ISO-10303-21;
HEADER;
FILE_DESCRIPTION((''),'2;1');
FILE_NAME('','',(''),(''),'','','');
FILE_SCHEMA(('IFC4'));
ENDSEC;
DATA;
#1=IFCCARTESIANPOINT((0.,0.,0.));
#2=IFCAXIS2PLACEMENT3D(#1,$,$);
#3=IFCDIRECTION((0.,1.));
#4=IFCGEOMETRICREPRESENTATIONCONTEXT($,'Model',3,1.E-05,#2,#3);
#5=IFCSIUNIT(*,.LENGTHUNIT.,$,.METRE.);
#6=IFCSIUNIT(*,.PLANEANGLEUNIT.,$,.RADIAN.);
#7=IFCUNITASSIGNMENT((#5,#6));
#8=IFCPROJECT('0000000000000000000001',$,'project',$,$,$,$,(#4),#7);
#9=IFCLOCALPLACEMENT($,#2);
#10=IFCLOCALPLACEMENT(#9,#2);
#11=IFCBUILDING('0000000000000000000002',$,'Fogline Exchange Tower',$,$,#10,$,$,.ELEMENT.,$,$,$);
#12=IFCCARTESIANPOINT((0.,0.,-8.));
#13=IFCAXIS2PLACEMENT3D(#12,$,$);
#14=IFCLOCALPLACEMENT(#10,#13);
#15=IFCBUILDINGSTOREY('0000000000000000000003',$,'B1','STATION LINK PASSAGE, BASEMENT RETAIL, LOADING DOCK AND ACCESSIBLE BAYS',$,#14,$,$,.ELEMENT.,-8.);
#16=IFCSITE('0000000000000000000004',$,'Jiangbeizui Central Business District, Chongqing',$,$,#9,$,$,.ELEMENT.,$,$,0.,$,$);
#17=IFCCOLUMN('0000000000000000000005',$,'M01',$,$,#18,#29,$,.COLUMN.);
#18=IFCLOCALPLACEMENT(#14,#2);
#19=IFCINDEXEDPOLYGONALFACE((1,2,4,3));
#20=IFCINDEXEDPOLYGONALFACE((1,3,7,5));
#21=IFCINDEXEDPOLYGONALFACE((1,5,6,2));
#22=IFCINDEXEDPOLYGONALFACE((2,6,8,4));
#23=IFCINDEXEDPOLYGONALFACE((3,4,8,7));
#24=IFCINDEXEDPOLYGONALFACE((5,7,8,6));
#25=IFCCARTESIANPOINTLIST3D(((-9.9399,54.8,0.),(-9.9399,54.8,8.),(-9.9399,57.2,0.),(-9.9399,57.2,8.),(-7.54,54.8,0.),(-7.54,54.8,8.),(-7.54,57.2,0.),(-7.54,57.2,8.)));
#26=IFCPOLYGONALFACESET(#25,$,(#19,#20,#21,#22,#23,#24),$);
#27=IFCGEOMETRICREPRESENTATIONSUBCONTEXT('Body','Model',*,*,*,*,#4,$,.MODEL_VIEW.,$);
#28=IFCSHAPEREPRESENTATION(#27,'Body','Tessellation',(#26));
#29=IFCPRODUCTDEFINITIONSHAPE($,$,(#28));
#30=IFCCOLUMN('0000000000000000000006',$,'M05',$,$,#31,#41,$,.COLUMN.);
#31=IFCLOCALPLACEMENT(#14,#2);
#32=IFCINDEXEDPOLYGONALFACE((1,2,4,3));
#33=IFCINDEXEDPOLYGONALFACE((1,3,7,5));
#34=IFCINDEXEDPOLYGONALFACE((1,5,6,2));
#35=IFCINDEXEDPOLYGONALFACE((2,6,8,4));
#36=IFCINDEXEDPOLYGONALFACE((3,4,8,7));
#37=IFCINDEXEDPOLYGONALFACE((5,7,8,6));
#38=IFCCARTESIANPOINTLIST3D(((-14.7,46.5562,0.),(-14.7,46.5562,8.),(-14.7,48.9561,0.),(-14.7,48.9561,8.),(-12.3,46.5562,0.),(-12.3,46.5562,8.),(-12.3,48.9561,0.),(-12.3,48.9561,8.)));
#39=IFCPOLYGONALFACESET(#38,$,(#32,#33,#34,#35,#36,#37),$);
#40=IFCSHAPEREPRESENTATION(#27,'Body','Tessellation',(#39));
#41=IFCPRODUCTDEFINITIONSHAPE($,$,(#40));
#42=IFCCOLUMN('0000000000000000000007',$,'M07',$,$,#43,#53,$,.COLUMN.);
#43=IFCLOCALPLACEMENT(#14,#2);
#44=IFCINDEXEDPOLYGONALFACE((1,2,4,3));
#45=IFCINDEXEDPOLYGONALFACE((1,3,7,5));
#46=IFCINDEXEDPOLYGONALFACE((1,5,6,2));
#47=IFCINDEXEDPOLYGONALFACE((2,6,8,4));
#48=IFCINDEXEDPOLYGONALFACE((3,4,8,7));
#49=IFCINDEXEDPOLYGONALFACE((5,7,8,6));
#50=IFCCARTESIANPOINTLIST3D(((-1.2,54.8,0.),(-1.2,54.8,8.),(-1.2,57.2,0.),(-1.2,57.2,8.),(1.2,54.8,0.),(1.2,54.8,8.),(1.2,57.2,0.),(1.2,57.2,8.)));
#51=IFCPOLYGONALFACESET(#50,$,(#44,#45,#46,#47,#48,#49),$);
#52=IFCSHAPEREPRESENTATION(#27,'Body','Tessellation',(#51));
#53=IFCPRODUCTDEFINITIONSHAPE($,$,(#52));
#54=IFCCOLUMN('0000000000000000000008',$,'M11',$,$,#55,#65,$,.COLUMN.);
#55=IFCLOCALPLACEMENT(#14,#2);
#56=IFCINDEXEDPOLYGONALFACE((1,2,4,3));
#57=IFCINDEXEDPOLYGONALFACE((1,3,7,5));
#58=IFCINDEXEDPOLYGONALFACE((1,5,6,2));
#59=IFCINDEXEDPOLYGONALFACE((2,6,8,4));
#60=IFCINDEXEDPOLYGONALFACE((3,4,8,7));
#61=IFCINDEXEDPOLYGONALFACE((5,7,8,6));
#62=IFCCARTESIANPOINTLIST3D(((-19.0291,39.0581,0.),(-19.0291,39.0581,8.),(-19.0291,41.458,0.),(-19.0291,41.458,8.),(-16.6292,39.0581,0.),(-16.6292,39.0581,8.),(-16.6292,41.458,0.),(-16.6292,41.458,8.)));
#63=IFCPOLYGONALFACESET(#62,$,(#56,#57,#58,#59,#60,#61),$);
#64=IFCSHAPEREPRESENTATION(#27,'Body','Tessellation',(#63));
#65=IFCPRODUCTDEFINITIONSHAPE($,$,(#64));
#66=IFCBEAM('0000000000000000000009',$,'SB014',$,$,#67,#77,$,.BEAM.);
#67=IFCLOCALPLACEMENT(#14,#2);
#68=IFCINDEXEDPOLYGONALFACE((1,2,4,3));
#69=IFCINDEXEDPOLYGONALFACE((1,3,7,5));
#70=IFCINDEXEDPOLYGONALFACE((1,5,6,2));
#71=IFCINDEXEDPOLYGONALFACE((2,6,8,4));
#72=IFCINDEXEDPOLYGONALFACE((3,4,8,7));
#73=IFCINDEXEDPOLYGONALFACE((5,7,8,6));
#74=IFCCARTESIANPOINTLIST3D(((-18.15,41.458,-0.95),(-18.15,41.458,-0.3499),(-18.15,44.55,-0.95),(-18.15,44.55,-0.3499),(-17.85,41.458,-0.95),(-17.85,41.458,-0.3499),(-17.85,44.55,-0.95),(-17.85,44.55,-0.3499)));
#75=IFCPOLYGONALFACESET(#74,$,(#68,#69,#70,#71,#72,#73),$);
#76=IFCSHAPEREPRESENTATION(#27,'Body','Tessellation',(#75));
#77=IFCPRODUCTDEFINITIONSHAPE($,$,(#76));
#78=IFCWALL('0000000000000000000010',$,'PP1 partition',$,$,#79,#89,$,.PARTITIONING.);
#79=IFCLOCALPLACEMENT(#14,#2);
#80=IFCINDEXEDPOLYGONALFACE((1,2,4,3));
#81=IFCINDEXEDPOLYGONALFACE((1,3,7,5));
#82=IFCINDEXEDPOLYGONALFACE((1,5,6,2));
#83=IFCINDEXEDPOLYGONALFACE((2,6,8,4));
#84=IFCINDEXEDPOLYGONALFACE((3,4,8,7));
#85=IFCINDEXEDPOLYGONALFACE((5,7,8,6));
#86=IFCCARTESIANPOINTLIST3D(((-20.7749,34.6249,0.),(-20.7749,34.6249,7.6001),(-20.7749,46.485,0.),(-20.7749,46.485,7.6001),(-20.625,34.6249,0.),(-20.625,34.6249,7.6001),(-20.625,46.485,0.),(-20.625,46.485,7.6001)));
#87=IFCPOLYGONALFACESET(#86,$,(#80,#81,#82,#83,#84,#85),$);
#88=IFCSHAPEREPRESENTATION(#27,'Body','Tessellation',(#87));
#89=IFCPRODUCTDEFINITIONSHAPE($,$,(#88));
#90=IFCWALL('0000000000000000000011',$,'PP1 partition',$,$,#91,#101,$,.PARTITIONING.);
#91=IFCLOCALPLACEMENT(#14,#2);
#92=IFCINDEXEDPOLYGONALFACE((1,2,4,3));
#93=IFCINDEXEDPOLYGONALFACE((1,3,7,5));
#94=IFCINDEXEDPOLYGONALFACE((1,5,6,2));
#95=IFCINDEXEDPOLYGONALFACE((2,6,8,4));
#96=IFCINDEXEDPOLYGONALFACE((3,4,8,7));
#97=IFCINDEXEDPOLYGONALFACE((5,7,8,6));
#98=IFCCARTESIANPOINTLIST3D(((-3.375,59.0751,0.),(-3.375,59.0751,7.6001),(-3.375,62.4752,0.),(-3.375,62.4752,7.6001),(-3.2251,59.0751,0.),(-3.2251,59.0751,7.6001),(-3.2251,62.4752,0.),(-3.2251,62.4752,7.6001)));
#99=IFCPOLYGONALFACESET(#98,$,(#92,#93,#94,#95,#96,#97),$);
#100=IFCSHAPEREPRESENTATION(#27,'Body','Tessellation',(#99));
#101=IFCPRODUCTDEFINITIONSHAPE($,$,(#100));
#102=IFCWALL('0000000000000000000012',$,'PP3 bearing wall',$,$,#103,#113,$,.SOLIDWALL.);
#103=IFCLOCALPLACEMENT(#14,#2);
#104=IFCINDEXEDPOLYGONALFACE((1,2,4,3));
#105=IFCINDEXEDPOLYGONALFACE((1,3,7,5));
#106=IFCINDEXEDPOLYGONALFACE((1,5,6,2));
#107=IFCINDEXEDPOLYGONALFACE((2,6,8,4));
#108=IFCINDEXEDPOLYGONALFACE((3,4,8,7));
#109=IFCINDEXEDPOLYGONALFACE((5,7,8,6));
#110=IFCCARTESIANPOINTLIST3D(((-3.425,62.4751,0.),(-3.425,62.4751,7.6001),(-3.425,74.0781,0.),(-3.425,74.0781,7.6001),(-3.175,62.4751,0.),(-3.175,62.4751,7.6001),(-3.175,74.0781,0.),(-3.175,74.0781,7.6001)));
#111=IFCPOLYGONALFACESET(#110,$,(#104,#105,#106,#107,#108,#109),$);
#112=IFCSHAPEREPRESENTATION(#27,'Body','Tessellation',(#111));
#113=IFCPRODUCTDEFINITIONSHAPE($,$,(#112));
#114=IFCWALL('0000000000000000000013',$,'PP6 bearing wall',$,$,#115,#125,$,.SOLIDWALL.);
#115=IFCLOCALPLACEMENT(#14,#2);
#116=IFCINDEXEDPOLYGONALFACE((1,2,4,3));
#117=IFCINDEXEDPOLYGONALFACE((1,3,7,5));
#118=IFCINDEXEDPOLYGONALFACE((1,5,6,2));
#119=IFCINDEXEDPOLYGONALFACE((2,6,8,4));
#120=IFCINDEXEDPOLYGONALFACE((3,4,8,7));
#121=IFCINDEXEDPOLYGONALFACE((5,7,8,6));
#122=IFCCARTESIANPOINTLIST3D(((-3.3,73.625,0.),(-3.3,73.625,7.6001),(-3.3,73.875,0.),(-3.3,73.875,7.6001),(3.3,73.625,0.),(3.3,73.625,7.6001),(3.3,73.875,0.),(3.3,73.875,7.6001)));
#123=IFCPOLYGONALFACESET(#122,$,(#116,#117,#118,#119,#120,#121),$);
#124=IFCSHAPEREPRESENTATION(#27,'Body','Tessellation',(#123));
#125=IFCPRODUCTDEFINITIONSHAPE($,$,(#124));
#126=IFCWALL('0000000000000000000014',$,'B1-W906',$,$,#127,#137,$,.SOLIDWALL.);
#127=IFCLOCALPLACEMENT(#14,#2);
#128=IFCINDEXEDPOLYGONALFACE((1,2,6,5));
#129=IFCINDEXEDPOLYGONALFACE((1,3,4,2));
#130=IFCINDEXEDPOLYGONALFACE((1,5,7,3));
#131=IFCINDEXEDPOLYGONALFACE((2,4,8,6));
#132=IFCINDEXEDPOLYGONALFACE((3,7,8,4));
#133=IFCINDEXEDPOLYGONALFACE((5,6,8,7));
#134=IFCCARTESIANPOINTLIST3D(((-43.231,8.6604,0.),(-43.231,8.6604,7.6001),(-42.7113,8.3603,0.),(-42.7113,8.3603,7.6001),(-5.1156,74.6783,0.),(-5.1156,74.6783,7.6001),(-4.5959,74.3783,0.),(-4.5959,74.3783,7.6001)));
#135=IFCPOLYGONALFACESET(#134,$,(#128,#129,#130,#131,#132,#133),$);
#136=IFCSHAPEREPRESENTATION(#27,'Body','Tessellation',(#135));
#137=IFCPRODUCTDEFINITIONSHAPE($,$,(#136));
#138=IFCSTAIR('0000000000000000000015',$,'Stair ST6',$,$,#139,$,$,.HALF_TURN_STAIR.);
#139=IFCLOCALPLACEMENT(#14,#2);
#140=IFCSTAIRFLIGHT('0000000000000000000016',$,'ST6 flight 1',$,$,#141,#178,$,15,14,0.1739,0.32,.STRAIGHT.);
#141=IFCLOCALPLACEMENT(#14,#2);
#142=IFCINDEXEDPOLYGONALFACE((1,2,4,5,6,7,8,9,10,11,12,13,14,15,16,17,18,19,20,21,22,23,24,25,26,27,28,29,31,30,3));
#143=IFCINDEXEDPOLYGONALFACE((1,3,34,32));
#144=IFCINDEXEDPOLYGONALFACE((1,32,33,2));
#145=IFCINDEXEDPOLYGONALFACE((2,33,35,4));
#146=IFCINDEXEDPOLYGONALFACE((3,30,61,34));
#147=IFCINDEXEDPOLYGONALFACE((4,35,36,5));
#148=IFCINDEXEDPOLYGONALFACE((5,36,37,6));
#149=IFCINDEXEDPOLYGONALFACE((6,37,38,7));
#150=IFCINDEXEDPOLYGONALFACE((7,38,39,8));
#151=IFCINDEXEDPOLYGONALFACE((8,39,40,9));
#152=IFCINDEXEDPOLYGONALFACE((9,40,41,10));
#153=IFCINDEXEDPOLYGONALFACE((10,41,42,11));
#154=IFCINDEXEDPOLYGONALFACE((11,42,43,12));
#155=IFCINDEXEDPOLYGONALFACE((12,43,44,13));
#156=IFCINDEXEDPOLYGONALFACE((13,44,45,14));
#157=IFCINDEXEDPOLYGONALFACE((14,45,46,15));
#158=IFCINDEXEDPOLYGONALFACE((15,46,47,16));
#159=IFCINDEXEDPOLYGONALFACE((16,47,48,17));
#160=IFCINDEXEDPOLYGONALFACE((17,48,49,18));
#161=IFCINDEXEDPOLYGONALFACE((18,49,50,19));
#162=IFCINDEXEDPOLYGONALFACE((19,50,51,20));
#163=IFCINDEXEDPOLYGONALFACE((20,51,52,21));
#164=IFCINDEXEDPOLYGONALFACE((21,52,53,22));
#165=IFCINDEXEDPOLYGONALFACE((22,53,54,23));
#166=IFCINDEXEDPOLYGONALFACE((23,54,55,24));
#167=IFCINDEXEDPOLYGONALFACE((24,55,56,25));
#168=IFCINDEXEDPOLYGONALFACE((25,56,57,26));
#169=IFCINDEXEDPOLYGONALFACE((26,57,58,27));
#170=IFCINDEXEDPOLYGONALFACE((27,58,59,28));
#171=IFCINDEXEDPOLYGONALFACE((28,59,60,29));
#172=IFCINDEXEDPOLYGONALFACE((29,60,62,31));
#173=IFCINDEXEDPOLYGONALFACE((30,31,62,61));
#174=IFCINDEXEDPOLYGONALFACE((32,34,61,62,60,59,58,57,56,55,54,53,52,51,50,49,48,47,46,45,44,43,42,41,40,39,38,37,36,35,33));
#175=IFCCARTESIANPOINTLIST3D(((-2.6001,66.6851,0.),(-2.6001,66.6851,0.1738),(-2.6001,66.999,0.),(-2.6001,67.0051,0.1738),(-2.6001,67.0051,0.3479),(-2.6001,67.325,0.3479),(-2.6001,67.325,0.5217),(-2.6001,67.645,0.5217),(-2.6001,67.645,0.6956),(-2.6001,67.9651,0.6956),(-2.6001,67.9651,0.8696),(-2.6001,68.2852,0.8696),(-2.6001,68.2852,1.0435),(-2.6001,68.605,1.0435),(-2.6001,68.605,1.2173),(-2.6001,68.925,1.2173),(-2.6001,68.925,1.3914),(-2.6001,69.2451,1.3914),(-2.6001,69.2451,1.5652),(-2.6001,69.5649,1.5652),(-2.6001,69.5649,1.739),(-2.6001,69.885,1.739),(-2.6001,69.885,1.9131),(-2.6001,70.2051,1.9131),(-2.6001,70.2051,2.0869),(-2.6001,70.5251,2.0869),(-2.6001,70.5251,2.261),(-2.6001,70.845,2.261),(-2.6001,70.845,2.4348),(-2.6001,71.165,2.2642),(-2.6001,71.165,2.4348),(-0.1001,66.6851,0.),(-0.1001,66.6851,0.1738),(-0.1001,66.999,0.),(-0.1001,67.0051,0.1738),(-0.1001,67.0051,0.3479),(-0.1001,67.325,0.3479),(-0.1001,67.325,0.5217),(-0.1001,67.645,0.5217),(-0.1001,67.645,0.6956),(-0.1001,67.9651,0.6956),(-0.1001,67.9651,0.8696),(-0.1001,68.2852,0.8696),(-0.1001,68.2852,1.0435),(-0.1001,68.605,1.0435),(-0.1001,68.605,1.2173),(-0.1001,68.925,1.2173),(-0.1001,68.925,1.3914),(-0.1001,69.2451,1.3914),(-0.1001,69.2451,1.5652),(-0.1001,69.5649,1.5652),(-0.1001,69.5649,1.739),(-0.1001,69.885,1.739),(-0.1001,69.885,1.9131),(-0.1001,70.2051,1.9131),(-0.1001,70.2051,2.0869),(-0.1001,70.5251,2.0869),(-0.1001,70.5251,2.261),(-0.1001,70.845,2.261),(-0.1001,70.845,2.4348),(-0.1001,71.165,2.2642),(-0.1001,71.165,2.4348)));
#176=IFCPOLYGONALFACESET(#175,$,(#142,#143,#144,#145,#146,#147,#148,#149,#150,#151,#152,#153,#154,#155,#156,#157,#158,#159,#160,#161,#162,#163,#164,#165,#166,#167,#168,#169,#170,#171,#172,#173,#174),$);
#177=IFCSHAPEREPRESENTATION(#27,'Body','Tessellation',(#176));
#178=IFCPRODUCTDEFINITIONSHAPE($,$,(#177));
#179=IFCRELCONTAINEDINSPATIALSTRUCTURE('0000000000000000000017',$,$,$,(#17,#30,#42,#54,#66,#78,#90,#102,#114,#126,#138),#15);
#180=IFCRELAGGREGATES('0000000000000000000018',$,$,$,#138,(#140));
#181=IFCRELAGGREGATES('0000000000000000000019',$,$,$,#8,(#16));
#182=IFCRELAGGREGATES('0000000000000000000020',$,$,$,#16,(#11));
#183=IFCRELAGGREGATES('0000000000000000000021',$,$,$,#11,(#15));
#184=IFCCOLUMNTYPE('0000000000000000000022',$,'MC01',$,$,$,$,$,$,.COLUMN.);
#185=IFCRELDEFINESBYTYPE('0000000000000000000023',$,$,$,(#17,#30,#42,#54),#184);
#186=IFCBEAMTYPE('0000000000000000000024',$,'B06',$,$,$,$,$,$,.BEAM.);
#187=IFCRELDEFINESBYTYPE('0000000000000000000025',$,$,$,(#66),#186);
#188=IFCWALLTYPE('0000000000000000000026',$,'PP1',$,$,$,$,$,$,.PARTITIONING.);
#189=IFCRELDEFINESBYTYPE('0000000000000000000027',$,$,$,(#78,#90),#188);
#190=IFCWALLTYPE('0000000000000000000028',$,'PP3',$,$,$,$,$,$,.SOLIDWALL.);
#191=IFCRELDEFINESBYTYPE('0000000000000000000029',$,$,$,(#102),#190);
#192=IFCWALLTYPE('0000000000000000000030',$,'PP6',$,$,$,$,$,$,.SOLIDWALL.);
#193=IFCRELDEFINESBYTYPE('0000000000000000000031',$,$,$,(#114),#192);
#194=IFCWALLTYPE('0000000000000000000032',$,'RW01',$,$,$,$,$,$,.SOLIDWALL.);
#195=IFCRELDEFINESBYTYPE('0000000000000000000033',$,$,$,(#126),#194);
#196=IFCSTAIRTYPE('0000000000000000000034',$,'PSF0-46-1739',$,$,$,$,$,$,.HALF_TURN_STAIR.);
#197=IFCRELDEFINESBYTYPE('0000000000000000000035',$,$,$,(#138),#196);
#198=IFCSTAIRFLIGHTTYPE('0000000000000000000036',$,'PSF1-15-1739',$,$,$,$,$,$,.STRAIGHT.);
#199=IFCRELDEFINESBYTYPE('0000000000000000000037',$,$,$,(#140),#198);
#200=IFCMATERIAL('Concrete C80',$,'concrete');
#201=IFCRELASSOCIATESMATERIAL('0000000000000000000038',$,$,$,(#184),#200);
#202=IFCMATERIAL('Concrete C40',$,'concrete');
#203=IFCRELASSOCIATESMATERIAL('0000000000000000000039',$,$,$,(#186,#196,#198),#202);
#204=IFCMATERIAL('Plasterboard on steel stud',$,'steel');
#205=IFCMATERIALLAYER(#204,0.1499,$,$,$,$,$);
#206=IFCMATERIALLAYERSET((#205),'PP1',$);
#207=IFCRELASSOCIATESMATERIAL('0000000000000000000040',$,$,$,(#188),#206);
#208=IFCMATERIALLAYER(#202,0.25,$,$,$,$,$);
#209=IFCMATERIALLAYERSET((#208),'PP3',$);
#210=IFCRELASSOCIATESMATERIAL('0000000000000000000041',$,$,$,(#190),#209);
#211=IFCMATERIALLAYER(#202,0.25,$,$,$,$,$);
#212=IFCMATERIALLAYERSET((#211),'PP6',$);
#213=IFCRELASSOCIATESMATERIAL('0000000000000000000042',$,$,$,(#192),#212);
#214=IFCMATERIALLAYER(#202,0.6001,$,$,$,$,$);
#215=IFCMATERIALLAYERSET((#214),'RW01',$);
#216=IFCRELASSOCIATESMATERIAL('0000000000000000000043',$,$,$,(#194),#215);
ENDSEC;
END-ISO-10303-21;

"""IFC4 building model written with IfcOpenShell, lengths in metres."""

from ifc_helpers import new_model, si_unit, direction, frame, frame_2d, origin, origin_2d, place, context, subcontext, project, spatial, polyline, rectangle, outline, extrude, material, layer, layer_set, material_profile, profile_set, type_object, element, aggregate, save


model = new_model("IFC4")

# Units and contexts
model_context = context("Model", 3, precision=1e-05, world=origin(), true_north=direction((0.0, 1.0)))
body_context = subcontext(model_context, "Body", "Model", "MODEL_VIEW")
ifc_project = project(units=[si_unit("LENGTHUNIT", "METRE"), si_unit("PLANEANGLEUNIT", "RADIAN")], contexts=[model_context])

# Site, building, storey
site_placement = place(None, origin())
site = spatial("IfcSite", under=ifc_project, at=site_placement, Name="Jiangbeizui Central Business District, Chongqing", CompositionType="ELEMENT", RefElevation=0.0)
building_placement = place(site_placement, origin())
building = spatial("IfcBuilding", under=site, at=building_placement, Name="Fogline Exchange Tower", CompositionType="ELEMENT")
storey_placement = place(building_placement, frame((0.0, 0.0, -8.0)))
storey = spatial("IfcBuildingStorey", under=building, at=storey_placement, Name="B1", Description="STATION LINK PASSAGE, BASEMENT RETAIL, LOADING DOCK AND ACCESSIBLE BAYS", CompositionType="ELEMENT", Elevation=-8.0)

# Columns
ifc_material_1 = material(Name="Concrete C80", Category="concrete")
ifc_material_profile_1 = material_profile(ifc_material_1, rectangle(XDim=2.3999, YDim=2.3999, at=origin_2d()), Name="RC 2400x2400")
ifc_profile_set_1 = profile_set([ifc_material_profile_1], Name="Concrete C80")
column_type = type_object("IfcColumnType", Name="MC01", PredefinedType="COLUMN", material=ifc_profile_set_1)
for number, where, z_axis, x_axis, name in (
    (1, (-8.74, 56.0, 0.0), (0.0, 0.0, 1.0), (1.0, 0.0, 0.0), "M01"),
    (2, (-13.5, 47.7561, 0.0), (0.0, 0.0, 1.0), (1.0, 0.0, 0.0), "M05"),
    (3, (0.0, 56.0, 0.0), (0.0, 0.0, 1.0), (1.0, 0.0, 0.0), "M07"),
    (4, (-17.8291, 40.2581, 0.0), (0.0, 0.0, 1.0), (1.0, 0.0, 0.0), "M11"),
):
    element("IfcColumn", number, at=place(storey_placement, frame(where, z_axis=z_axis, x_axis=x_axis)), inside=storey, type_object=column_type, Name=name, PredefinedType="COLUMN", context=body_context, shape_type="SweptSolid", body=[
        extrude(rectangle(XDim=2.3999, YDim=2.3999, at=origin_2d()), origin(), (0.0, 0.0, 1.0), 8.0),
    ])

# Beam
ifc_material_2 = material(Name="Concrete C40", Category="concrete")
ifc_material_profile_2 = material_profile(ifc_material_2, rectangle(XDim=0.3, YDim=0.6001, at=origin_2d()), Name="RC 300x600")
ifc_profile_set_2 = profile_set([ifc_material_profile_2], Name="Concrete C40")
beam_type = type_object("IfcBeamType", Name="B06", PredefinedType="BEAM", material=ifc_profile_set_2)
beam_placement = place(storey_placement, frame((-18.0, 41.458, -0.6499), z_axis=(0.0, 1.0, 0.0), x_axis=(-1.0, 0.0, 0.0)))
element("IfcBeam", 5, at=beam_placement, inside=storey, type_object=beam_type, Name="SB014", PredefinedType="BEAM", context=body_context, shape_type="SweptSolid", body=[
    extrude(rectangle(XDim=0.3, YDim=0.6001, at=origin_2d()), origin(), (0.0, 0.0, 1.0), 3.092),
])

# Walls
ifc_material_3 = material(Name="Plasterboard on steel stud", Category="steel")
ifc_layer_1 = layer(ifc_material_3, 0.1499)
ifc_layer_set_1 = layer_set([ifc_layer_1], Name="PP1")
wall_type_1 = type_object("IfcWallType", Name="PP1", PredefinedType="PARTITIONING", material=ifc_layer_set_1)
wall_1_placement = place(storey_placement, frame((-20.7, 46.4851, 0.0), z_axis=(0.0, 0.0, 1.0), x_axis=(0.0, -1.0, 0.0)))
element("IfcWall", 6, at=wall_1_placement, inside=storey, type_object=wall_type_1, Name="PP1 partition", PredefinedType="PARTITIONING", context=body_context, shape_type="SweptSolid", body=[
    extrude(rectangle(XDim=11.8601, YDim=0.1499, at=frame_2d((5.9302, 0.0))), origin(), (0.0, 0.0, 1.0), 7.6001),
])
wall_2_placement = place(storey_placement, frame((-3.3, 59.075, 0.0), z_axis=(0.0, 0.0, 1.0), x_axis=(0.0, 1.0, 0.0)))
element("IfcWall", 7, at=wall_2_placement, inside=storey, type_object=wall_type_1, Name="PP1 partition", PredefinedType="PARTITIONING", context=body_context, shape_type="SweptSolid", body=[
    extrude(rectangle(XDim=3.4001, YDim=0.1499, at=frame_2d((1.7002, 0.0))), origin(), (0.0, 0.0, 1.0), 7.6001),
])
ifc_layer_2 = layer(ifc_material_2, 0.25)
ifc_layer_set_2 = layer_set([ifc_layer_2], Name="PP3")
wall_type_2 = type_object("IfcWallType", Name="PP3", PredefinedType="SOLIDWALL", material=ifc_layer_set_2)
wall_3_placement = place(storey_placement, frame((-3.3, 62.4751, 0.0), z_axis=(0.0, 0.0, 1.0), x_axis=(0.0, 1.0, 0.0)))
element("IfcWall", 8, at=wall_3_placement, inside=storey, type_object=wall_type_2, Name="PP3 bearing wall", PredefinedType="SOLIDWALL", context=body_context, shape_type="SweptSolid", body=[
    extrude(rectangle(XDim=11.603, YDim=0.25, at=frame_2d((5.8015, 0.0))), origin(), (0.0, 0.0, 1.0), 7.6001),
])
ifc_layer_3 = layer(ifc_material_2, 0.25)
ifc_layer_set_3 = layer_set([ifc_layer_3], Name="PP6")
wall_type_3 = type_object("IfcWallType", Name="PP6", PredefinedType="SOLIDWALL", material=ifc_layer_set_3)
wall_4_placement = place(storey_placement, frame((-3.3, 73.75, 0.0), z_axis=(0.0, 0.0, 1.0), x_axis=(1.0, 0.0, 0.0)))
element("IfcWall", 9, at=wall_4_placement, inside=storey, type_object=wall_type_3, Name="PP6 bearing wall", PredefinedType="SOLIDWALL", context=body_context, shape_type="SweptSolid", body=[
    extrude(rectangle(XDim=6.6001, YDim=0.25, at=frame_2d((3.3, 0.0))), origin(), (0.0, 0.0, 1.0), 7.6001),
])
ifc_layer_4 = layer(ifc_material_2, 0.6001)
ifc_layer_set_4 = layer_set([ifc_layer_4], Name="RW01")
wall_type_4 = type_object("IfcWallType", Name="RW01", PredefinedType="SOLIDWALL", material=ifc_layer_set_4)
wall_5_placement = place(storey_placement, frame((-4.8557, 74.5283, 0.0), z_axis=(0.0, 0.0, 1.0), x_axis=(-0.499999, -0.866026, 0.0)))
element("IfcWall", 10, at=wall_5_placement, inside=storey, type_object=wall_type_4, Name="B1-W906", PredefinedType="SOLIDWALL", context=body_context, shape_type="SweptSolid", body=[
    extrude(rectangle(XDim=76.231, YDim=0.6001, at=frame_2d((38.1155, 0.0))), origin(), (0.0, 0.0, 1.0), 7.6001),
])

# Stair, stair flight
stair_type = type_object("IfcStairType", Name="PSF0-46-1739", PredefinedType="HALF_TURN_STAIR", material=ifc_material_2)
stair_placement = place(storey_placement, origin())
stair = element("IfcStair", 11, at=stair_placement, inside=storey, type_object=stair_type, Name="Stair ST6", PredefinedType="HALF_TURN_STAIR")
stair_flight_type = type_object("IfcStairFlightType", Name="PSF1-15-1739", PredefinedType="STRAIGHT", material=ifc_material_2)
stair_flight_1_placement = place(storey_placement, frame((-1.3501, 66.6851, 0.0), z_axis=(0.0, 0.0, 1.0), x_axis=(0.0, 1.0, 0.0)))
stair_flight_1 = element("IfcStairFlight", 12, at=stair_flight_1_placement, type_object=stair_flight_type, Name="ST6 flight 1", NumberOfRisers=15, NumberOfTreads=14, PredefinedType="STRAIGHT", RiserHeight=0.1739, TreadLength=0.32, context=body_context, shape_type="SweptSolid", body=[
    extrude(outline(polyline([(0.0, 0.0), (0.0, 0.1738), (0.3201, 0.1738), (0.3201, 0.3479), (0.6399, 0.3479), (0.6399, 0.5217), (0.96, 0.5217), (0.96, 0.6956), (1.28, 0.6956), (1.28, 0.8696), (1.6001, 0.8696), (1.6001, 1.0435), (1.9199, 1.0435), (1.9199, 1.2173), (2.24, 1.2173), (2.24, 1.3914), (2.5601, 1.3914), (2.5601, 1.5652), (2.8799, 1.5652), (2.8799, 1.739), (3.2, 1.739), (3.2, 1.9131), (3.52, 1.9131), (3.52, 2.0869), (3.8401, 2.0869), (3.8401, 2.261), (4.1599, 2.261), (4.1599, 2.4348), (4.48, 2.4348), (4.48, 2.6086), (4.48, 2.2642), (0.314, 0.0), (0.0, 0.0)])), frame((0.0, 1.25, 0.0), z_axis=(0.0, -1.0, 0.0), x_axis=(1.0, 0.0, 0.0)), (0.0, 0.0, 1.0), 2.5),
])
aggregate(stair, [stair_flight_1])

save(model, "model.ifc")
